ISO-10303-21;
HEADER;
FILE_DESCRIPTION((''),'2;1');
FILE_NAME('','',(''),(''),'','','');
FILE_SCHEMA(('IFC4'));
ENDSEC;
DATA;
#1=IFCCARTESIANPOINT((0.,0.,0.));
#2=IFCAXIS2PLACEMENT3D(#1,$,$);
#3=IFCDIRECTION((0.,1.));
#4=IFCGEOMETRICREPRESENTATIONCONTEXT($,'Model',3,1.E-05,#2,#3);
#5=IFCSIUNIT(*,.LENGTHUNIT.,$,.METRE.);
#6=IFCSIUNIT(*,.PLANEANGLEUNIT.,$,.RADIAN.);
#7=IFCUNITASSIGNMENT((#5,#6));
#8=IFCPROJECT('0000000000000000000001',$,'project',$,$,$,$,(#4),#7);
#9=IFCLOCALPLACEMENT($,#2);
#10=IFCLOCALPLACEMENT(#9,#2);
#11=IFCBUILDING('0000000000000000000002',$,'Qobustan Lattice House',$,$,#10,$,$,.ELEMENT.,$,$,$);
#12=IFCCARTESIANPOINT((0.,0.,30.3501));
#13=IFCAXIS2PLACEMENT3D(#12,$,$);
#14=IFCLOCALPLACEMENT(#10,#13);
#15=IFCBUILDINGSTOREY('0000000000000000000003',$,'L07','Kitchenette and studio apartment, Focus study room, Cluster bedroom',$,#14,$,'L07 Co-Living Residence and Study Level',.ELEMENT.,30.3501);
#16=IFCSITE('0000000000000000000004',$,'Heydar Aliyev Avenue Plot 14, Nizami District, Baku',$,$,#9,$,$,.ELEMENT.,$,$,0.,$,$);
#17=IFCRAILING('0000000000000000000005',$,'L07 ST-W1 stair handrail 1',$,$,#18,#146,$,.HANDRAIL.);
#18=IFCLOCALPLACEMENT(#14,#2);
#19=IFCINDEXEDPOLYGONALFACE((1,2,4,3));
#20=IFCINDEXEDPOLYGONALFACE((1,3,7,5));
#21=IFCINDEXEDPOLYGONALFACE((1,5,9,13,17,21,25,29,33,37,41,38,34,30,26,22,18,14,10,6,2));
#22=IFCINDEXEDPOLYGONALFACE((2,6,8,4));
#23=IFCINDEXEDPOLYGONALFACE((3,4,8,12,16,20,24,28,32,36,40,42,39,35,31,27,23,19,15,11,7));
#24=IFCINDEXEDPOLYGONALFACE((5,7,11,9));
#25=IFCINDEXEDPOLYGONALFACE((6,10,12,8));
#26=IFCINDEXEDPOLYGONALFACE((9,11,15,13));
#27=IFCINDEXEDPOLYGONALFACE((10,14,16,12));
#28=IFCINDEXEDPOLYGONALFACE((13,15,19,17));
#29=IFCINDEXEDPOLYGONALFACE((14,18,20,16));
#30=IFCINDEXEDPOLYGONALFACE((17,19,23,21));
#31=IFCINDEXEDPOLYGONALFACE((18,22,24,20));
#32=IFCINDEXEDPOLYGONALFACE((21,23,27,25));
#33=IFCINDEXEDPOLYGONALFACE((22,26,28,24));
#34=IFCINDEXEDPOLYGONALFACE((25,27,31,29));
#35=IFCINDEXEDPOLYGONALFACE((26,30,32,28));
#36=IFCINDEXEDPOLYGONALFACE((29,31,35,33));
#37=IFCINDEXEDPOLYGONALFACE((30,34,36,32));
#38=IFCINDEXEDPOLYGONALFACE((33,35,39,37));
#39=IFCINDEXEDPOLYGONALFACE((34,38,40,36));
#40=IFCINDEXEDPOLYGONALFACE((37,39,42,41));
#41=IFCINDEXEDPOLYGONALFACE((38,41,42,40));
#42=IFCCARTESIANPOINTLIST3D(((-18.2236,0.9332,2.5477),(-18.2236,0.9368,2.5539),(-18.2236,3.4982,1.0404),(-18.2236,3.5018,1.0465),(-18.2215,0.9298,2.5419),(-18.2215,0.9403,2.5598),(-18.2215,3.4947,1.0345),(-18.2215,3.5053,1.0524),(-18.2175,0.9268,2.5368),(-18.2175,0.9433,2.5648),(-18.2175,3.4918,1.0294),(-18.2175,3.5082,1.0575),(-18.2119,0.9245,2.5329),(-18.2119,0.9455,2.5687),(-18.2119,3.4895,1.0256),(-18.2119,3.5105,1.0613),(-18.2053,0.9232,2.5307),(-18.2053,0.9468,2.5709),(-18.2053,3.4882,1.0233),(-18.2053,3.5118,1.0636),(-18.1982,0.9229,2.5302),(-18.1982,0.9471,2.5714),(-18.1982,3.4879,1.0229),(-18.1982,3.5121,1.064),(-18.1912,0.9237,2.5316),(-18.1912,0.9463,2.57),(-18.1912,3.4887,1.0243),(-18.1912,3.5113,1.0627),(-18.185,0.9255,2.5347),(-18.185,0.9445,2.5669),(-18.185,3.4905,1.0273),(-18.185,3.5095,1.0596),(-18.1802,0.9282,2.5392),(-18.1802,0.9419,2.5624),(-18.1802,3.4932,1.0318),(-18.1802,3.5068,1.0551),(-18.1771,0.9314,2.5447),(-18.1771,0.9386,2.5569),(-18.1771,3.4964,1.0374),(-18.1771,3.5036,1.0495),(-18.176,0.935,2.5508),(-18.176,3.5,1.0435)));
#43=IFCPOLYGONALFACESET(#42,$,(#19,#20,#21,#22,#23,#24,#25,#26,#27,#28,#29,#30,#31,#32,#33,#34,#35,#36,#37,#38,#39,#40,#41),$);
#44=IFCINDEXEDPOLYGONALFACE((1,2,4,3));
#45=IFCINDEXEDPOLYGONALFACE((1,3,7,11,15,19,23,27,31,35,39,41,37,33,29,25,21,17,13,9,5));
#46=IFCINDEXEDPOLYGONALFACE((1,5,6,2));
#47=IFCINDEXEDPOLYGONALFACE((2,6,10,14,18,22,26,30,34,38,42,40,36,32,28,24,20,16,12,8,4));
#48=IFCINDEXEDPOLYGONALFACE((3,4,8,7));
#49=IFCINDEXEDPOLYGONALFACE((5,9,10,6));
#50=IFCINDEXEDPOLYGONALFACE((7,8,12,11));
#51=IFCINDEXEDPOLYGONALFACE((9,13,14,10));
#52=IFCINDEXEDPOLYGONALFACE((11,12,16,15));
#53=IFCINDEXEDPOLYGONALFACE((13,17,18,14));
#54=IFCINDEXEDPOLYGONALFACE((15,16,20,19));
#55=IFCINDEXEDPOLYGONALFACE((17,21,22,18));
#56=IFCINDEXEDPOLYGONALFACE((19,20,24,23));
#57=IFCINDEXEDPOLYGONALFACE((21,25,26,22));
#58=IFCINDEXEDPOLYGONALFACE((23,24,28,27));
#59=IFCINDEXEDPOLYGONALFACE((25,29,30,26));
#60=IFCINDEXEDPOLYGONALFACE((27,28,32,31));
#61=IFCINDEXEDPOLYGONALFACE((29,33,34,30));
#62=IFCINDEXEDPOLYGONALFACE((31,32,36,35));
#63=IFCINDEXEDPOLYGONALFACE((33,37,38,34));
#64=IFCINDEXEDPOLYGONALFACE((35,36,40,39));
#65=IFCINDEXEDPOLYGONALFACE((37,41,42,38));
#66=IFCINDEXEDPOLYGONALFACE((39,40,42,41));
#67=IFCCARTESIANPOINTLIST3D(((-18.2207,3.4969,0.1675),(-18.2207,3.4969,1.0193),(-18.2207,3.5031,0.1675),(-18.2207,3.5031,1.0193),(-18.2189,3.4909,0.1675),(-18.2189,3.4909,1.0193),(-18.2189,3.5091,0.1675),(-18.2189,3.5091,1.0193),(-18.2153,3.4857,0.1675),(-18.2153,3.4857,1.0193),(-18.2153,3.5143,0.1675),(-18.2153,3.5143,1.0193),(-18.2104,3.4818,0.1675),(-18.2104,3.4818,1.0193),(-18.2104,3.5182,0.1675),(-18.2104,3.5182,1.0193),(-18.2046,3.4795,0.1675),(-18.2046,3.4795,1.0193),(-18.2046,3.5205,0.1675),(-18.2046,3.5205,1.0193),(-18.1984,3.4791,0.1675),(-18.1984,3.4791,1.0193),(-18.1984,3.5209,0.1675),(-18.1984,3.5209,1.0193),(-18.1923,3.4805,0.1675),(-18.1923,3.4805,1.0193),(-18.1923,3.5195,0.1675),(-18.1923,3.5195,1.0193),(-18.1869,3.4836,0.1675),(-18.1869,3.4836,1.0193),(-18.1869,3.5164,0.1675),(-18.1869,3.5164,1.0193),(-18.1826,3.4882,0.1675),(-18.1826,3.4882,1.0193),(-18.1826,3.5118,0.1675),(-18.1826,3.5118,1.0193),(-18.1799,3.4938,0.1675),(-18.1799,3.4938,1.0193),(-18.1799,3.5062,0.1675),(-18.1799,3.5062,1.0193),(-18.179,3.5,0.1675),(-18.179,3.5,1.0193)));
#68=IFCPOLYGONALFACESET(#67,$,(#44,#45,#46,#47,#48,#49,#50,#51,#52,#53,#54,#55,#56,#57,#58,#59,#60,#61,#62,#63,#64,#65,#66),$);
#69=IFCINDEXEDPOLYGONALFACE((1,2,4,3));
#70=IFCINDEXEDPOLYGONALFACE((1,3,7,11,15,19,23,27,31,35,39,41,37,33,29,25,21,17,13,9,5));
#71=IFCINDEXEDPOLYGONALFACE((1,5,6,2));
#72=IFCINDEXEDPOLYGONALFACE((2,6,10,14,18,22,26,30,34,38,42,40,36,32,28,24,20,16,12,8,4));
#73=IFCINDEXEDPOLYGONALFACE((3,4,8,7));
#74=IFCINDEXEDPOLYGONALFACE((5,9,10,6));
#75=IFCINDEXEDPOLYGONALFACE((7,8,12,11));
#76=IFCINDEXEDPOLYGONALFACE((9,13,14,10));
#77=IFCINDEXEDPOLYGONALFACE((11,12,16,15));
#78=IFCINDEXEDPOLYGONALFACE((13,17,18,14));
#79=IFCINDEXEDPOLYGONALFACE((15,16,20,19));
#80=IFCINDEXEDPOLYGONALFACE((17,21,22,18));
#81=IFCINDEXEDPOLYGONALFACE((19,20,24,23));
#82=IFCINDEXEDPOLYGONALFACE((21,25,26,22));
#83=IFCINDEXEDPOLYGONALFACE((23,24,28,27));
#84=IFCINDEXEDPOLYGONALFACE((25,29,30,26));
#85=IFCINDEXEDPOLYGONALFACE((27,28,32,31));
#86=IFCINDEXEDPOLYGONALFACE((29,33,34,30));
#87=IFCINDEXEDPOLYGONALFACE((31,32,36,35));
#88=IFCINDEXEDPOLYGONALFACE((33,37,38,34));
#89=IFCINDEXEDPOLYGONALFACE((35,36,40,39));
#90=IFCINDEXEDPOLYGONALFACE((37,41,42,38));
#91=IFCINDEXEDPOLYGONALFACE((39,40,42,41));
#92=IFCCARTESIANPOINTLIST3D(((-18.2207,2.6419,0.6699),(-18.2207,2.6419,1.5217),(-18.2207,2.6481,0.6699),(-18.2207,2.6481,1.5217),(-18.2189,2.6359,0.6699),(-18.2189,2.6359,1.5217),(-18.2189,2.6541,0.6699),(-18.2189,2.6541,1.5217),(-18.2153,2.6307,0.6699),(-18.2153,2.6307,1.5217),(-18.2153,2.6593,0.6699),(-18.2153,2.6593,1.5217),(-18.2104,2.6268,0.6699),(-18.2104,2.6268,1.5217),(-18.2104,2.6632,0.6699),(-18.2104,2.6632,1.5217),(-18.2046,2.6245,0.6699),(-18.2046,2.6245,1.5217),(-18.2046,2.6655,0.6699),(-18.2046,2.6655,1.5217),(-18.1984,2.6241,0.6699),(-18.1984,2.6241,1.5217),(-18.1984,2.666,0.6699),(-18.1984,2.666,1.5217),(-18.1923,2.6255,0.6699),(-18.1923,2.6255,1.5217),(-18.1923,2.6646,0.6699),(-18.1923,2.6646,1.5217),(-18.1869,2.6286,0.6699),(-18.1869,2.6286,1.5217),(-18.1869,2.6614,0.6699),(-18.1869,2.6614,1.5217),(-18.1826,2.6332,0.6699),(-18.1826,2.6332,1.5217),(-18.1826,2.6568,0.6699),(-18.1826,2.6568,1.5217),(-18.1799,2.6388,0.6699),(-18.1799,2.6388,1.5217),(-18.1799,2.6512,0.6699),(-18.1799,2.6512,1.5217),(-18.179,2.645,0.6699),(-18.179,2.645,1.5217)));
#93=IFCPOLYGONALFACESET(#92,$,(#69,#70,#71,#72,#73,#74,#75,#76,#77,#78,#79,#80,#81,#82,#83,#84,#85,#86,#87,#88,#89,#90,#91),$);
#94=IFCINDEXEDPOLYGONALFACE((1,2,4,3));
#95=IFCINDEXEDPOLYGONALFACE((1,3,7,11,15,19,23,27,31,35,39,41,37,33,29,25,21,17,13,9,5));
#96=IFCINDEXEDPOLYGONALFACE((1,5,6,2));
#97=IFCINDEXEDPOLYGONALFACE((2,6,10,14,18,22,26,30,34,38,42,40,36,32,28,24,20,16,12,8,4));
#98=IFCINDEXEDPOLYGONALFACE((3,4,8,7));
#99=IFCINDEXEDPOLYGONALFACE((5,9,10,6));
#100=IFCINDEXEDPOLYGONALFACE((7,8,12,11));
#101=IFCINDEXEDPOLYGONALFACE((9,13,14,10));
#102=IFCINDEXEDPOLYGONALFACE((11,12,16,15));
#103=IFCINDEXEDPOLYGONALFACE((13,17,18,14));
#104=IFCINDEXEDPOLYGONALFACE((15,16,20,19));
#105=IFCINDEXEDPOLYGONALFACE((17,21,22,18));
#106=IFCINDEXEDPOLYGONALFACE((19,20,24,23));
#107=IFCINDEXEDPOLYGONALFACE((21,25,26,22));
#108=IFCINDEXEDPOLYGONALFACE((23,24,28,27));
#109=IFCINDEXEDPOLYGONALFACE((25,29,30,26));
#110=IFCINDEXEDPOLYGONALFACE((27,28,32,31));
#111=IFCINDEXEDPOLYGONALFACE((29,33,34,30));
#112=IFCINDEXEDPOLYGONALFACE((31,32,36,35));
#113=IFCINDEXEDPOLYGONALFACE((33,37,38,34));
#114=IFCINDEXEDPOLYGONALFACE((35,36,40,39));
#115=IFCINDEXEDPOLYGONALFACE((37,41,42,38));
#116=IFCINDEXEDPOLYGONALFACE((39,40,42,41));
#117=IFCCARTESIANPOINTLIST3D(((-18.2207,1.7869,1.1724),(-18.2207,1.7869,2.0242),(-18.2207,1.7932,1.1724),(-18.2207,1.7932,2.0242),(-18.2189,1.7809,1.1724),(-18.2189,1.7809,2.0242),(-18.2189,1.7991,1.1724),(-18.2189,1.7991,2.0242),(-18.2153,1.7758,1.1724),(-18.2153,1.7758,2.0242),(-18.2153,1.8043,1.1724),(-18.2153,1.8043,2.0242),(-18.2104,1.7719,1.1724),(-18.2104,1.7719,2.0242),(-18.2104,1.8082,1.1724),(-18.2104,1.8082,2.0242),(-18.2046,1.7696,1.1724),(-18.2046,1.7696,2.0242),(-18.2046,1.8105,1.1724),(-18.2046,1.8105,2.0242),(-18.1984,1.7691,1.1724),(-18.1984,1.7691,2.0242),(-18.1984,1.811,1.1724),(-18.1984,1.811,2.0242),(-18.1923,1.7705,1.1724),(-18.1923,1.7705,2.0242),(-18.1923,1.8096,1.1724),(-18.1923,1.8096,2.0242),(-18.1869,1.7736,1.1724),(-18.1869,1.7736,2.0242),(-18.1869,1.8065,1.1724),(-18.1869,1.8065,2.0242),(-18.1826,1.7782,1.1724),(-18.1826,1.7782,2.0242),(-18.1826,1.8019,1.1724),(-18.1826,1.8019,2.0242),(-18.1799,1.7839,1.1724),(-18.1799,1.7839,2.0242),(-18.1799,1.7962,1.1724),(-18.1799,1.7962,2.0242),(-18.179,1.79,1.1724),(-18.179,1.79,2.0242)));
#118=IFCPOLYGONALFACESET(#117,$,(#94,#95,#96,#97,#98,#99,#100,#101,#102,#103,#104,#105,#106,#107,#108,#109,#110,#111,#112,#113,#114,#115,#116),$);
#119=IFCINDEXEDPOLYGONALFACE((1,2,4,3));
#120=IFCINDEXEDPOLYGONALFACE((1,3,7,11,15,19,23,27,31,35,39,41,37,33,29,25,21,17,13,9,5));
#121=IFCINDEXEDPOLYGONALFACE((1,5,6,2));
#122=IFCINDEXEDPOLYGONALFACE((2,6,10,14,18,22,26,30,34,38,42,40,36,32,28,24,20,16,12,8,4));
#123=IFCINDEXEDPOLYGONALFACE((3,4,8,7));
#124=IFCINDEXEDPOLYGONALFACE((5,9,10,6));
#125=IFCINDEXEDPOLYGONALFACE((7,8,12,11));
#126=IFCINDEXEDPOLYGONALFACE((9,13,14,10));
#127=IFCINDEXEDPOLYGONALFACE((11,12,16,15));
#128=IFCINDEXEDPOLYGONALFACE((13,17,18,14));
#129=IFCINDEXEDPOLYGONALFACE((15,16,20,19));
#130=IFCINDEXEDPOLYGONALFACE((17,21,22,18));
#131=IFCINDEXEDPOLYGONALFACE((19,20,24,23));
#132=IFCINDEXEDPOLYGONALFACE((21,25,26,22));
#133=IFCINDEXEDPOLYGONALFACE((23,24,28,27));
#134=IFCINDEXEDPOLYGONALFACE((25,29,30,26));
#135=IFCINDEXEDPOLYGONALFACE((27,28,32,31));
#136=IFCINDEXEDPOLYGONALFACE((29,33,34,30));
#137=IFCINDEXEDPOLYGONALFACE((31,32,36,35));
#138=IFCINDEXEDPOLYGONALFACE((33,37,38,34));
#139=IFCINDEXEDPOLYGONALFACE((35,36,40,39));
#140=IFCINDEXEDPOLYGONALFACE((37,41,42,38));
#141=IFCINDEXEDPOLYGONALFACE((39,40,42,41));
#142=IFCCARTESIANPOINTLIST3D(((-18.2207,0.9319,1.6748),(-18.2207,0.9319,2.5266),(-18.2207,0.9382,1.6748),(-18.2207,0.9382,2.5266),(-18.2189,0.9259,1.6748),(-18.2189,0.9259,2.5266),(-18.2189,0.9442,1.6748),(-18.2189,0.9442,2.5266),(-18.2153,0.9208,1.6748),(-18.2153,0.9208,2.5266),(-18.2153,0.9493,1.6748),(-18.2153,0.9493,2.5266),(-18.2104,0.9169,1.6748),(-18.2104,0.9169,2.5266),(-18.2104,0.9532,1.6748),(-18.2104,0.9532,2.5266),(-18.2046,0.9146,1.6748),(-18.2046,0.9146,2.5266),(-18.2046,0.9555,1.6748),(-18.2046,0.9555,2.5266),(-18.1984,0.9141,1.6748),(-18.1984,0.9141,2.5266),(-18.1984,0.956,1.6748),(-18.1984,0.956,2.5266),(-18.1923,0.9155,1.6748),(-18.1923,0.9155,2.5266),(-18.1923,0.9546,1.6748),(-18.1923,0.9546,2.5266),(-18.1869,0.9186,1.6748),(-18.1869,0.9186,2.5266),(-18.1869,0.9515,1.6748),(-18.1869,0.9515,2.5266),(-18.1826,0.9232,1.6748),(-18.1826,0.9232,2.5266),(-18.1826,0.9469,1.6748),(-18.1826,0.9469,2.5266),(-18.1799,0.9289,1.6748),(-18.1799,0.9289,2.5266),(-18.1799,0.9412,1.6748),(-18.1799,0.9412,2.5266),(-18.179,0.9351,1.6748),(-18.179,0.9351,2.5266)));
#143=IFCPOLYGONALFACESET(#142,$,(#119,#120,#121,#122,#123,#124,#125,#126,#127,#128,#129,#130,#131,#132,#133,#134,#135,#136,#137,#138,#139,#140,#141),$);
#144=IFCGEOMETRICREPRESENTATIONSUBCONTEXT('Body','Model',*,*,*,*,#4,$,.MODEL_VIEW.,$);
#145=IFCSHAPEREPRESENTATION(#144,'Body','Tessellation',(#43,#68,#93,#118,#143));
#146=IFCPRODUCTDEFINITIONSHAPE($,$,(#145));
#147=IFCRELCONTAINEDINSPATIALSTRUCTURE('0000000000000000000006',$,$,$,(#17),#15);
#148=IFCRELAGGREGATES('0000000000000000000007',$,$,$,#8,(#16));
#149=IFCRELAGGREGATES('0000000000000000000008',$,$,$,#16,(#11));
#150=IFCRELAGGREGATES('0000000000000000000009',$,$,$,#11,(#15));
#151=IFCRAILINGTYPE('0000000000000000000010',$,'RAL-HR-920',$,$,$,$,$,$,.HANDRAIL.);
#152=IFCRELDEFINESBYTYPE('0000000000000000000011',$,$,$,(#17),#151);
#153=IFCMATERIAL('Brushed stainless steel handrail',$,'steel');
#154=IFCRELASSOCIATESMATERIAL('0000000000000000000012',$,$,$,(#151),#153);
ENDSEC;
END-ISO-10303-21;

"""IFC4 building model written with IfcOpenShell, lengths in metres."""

from ifc_helpers import new_model, si_unit, direction, frame, origin, origin_2d, place, context, subcontext, project, spatial, circle, extrude, material, type_object, element, save


model = new_model("IFC4")

# Units and contexts
model_context = context("Model", 3, precision=1e-05, world=origin(), true_north=direction((0.0, 1.0)))
body_context = subcontext(model_context, "Body", "Model", "MODEL_VIEW")
ifc_project = project(units=[si_unit("LENGTHUNIT", "METRE"), si_unit("PLANEANGLEUNIT", "RADIAN")], contexts=[model_context])

# Site, building, storey
site_placement = place(None, origin())
site = spatial("IfcSite", under=ifc_project, at=site_placement, Name="Heydar Aliyev Avenue Plot 14, Nizami District, Baku", CompositionType="ELEMENT", RefElevation=0.0)
building_placement = place(site_placement, origin())
building = spatial("IfcBuilding", under=site, at=building_placement, Name="Qobustan Lattice House", CompositionType="ELEMENT")
storey_placement = place(building_placement, frame((0.0, 0.0, 30.3501)))
storey = spatial("IfcBuildingStorey", under=building, at=storey_placement, Name="L07", Description="Kitchenette and studio apartment, Focus study room, Cluster bedroom", LongName="L07 Co-Living Residence and Study Level", CompositionType="ELEMENT", Elevation=30.3501)

# Railing
ifc_material_1 = material(Name="Brushed stainless steel handrail", Category="steel")
railing_type_1 = type_object("IfcRailingType", Name="RAL-HR-920", PredefinedType="HANDRAIL", material=ifc_material_1)
railing_1_placement = place(storey_placement, frame((-18.2, 3.5, 0.1675)))
element("IfcRailing", 1, at=railing_1_placement, inside=storey, type_object=railing_type_1, Name="L07 ST-W1 stair handrail 1", PredefinedType="HANDRAIL", context=body_context, shape_type="SweptSolid", body=[
    extrude(circle(Radius=0.0239, at=origin_2d()), frame((0.0, 0.0, 0.876), z_axis=(0.0, -0.862149, 0.506654), x_axis=(1.0, 0.0, 0.0)), (0.0, 0.0, 1.0), 2.9751),
    extrude(circle(Radius=0.021, at=origin_2d()), origin(), (0.0, 0.0, 1.0), 0.8518),
    extrude(circle(Radius=0.021, at=origin_2d()), frame((0.0, -0.855, 0.5024)), (0.0, 0.0, 1.0), 0.8518),
    extrude(circle(Radius=0.021, at=origin_2d()), frame((0.0, -1.71, 1.0049)), (0.0, 0.0, 1.0), 0.8518),
    extrude(circle(Radius=0.021, at=origin_2d()), frame((0.0, -2.5649, 1.5073)), (0.0, 0.0, 1.0), 0.8518),
])

save(model, "model.ifc")
